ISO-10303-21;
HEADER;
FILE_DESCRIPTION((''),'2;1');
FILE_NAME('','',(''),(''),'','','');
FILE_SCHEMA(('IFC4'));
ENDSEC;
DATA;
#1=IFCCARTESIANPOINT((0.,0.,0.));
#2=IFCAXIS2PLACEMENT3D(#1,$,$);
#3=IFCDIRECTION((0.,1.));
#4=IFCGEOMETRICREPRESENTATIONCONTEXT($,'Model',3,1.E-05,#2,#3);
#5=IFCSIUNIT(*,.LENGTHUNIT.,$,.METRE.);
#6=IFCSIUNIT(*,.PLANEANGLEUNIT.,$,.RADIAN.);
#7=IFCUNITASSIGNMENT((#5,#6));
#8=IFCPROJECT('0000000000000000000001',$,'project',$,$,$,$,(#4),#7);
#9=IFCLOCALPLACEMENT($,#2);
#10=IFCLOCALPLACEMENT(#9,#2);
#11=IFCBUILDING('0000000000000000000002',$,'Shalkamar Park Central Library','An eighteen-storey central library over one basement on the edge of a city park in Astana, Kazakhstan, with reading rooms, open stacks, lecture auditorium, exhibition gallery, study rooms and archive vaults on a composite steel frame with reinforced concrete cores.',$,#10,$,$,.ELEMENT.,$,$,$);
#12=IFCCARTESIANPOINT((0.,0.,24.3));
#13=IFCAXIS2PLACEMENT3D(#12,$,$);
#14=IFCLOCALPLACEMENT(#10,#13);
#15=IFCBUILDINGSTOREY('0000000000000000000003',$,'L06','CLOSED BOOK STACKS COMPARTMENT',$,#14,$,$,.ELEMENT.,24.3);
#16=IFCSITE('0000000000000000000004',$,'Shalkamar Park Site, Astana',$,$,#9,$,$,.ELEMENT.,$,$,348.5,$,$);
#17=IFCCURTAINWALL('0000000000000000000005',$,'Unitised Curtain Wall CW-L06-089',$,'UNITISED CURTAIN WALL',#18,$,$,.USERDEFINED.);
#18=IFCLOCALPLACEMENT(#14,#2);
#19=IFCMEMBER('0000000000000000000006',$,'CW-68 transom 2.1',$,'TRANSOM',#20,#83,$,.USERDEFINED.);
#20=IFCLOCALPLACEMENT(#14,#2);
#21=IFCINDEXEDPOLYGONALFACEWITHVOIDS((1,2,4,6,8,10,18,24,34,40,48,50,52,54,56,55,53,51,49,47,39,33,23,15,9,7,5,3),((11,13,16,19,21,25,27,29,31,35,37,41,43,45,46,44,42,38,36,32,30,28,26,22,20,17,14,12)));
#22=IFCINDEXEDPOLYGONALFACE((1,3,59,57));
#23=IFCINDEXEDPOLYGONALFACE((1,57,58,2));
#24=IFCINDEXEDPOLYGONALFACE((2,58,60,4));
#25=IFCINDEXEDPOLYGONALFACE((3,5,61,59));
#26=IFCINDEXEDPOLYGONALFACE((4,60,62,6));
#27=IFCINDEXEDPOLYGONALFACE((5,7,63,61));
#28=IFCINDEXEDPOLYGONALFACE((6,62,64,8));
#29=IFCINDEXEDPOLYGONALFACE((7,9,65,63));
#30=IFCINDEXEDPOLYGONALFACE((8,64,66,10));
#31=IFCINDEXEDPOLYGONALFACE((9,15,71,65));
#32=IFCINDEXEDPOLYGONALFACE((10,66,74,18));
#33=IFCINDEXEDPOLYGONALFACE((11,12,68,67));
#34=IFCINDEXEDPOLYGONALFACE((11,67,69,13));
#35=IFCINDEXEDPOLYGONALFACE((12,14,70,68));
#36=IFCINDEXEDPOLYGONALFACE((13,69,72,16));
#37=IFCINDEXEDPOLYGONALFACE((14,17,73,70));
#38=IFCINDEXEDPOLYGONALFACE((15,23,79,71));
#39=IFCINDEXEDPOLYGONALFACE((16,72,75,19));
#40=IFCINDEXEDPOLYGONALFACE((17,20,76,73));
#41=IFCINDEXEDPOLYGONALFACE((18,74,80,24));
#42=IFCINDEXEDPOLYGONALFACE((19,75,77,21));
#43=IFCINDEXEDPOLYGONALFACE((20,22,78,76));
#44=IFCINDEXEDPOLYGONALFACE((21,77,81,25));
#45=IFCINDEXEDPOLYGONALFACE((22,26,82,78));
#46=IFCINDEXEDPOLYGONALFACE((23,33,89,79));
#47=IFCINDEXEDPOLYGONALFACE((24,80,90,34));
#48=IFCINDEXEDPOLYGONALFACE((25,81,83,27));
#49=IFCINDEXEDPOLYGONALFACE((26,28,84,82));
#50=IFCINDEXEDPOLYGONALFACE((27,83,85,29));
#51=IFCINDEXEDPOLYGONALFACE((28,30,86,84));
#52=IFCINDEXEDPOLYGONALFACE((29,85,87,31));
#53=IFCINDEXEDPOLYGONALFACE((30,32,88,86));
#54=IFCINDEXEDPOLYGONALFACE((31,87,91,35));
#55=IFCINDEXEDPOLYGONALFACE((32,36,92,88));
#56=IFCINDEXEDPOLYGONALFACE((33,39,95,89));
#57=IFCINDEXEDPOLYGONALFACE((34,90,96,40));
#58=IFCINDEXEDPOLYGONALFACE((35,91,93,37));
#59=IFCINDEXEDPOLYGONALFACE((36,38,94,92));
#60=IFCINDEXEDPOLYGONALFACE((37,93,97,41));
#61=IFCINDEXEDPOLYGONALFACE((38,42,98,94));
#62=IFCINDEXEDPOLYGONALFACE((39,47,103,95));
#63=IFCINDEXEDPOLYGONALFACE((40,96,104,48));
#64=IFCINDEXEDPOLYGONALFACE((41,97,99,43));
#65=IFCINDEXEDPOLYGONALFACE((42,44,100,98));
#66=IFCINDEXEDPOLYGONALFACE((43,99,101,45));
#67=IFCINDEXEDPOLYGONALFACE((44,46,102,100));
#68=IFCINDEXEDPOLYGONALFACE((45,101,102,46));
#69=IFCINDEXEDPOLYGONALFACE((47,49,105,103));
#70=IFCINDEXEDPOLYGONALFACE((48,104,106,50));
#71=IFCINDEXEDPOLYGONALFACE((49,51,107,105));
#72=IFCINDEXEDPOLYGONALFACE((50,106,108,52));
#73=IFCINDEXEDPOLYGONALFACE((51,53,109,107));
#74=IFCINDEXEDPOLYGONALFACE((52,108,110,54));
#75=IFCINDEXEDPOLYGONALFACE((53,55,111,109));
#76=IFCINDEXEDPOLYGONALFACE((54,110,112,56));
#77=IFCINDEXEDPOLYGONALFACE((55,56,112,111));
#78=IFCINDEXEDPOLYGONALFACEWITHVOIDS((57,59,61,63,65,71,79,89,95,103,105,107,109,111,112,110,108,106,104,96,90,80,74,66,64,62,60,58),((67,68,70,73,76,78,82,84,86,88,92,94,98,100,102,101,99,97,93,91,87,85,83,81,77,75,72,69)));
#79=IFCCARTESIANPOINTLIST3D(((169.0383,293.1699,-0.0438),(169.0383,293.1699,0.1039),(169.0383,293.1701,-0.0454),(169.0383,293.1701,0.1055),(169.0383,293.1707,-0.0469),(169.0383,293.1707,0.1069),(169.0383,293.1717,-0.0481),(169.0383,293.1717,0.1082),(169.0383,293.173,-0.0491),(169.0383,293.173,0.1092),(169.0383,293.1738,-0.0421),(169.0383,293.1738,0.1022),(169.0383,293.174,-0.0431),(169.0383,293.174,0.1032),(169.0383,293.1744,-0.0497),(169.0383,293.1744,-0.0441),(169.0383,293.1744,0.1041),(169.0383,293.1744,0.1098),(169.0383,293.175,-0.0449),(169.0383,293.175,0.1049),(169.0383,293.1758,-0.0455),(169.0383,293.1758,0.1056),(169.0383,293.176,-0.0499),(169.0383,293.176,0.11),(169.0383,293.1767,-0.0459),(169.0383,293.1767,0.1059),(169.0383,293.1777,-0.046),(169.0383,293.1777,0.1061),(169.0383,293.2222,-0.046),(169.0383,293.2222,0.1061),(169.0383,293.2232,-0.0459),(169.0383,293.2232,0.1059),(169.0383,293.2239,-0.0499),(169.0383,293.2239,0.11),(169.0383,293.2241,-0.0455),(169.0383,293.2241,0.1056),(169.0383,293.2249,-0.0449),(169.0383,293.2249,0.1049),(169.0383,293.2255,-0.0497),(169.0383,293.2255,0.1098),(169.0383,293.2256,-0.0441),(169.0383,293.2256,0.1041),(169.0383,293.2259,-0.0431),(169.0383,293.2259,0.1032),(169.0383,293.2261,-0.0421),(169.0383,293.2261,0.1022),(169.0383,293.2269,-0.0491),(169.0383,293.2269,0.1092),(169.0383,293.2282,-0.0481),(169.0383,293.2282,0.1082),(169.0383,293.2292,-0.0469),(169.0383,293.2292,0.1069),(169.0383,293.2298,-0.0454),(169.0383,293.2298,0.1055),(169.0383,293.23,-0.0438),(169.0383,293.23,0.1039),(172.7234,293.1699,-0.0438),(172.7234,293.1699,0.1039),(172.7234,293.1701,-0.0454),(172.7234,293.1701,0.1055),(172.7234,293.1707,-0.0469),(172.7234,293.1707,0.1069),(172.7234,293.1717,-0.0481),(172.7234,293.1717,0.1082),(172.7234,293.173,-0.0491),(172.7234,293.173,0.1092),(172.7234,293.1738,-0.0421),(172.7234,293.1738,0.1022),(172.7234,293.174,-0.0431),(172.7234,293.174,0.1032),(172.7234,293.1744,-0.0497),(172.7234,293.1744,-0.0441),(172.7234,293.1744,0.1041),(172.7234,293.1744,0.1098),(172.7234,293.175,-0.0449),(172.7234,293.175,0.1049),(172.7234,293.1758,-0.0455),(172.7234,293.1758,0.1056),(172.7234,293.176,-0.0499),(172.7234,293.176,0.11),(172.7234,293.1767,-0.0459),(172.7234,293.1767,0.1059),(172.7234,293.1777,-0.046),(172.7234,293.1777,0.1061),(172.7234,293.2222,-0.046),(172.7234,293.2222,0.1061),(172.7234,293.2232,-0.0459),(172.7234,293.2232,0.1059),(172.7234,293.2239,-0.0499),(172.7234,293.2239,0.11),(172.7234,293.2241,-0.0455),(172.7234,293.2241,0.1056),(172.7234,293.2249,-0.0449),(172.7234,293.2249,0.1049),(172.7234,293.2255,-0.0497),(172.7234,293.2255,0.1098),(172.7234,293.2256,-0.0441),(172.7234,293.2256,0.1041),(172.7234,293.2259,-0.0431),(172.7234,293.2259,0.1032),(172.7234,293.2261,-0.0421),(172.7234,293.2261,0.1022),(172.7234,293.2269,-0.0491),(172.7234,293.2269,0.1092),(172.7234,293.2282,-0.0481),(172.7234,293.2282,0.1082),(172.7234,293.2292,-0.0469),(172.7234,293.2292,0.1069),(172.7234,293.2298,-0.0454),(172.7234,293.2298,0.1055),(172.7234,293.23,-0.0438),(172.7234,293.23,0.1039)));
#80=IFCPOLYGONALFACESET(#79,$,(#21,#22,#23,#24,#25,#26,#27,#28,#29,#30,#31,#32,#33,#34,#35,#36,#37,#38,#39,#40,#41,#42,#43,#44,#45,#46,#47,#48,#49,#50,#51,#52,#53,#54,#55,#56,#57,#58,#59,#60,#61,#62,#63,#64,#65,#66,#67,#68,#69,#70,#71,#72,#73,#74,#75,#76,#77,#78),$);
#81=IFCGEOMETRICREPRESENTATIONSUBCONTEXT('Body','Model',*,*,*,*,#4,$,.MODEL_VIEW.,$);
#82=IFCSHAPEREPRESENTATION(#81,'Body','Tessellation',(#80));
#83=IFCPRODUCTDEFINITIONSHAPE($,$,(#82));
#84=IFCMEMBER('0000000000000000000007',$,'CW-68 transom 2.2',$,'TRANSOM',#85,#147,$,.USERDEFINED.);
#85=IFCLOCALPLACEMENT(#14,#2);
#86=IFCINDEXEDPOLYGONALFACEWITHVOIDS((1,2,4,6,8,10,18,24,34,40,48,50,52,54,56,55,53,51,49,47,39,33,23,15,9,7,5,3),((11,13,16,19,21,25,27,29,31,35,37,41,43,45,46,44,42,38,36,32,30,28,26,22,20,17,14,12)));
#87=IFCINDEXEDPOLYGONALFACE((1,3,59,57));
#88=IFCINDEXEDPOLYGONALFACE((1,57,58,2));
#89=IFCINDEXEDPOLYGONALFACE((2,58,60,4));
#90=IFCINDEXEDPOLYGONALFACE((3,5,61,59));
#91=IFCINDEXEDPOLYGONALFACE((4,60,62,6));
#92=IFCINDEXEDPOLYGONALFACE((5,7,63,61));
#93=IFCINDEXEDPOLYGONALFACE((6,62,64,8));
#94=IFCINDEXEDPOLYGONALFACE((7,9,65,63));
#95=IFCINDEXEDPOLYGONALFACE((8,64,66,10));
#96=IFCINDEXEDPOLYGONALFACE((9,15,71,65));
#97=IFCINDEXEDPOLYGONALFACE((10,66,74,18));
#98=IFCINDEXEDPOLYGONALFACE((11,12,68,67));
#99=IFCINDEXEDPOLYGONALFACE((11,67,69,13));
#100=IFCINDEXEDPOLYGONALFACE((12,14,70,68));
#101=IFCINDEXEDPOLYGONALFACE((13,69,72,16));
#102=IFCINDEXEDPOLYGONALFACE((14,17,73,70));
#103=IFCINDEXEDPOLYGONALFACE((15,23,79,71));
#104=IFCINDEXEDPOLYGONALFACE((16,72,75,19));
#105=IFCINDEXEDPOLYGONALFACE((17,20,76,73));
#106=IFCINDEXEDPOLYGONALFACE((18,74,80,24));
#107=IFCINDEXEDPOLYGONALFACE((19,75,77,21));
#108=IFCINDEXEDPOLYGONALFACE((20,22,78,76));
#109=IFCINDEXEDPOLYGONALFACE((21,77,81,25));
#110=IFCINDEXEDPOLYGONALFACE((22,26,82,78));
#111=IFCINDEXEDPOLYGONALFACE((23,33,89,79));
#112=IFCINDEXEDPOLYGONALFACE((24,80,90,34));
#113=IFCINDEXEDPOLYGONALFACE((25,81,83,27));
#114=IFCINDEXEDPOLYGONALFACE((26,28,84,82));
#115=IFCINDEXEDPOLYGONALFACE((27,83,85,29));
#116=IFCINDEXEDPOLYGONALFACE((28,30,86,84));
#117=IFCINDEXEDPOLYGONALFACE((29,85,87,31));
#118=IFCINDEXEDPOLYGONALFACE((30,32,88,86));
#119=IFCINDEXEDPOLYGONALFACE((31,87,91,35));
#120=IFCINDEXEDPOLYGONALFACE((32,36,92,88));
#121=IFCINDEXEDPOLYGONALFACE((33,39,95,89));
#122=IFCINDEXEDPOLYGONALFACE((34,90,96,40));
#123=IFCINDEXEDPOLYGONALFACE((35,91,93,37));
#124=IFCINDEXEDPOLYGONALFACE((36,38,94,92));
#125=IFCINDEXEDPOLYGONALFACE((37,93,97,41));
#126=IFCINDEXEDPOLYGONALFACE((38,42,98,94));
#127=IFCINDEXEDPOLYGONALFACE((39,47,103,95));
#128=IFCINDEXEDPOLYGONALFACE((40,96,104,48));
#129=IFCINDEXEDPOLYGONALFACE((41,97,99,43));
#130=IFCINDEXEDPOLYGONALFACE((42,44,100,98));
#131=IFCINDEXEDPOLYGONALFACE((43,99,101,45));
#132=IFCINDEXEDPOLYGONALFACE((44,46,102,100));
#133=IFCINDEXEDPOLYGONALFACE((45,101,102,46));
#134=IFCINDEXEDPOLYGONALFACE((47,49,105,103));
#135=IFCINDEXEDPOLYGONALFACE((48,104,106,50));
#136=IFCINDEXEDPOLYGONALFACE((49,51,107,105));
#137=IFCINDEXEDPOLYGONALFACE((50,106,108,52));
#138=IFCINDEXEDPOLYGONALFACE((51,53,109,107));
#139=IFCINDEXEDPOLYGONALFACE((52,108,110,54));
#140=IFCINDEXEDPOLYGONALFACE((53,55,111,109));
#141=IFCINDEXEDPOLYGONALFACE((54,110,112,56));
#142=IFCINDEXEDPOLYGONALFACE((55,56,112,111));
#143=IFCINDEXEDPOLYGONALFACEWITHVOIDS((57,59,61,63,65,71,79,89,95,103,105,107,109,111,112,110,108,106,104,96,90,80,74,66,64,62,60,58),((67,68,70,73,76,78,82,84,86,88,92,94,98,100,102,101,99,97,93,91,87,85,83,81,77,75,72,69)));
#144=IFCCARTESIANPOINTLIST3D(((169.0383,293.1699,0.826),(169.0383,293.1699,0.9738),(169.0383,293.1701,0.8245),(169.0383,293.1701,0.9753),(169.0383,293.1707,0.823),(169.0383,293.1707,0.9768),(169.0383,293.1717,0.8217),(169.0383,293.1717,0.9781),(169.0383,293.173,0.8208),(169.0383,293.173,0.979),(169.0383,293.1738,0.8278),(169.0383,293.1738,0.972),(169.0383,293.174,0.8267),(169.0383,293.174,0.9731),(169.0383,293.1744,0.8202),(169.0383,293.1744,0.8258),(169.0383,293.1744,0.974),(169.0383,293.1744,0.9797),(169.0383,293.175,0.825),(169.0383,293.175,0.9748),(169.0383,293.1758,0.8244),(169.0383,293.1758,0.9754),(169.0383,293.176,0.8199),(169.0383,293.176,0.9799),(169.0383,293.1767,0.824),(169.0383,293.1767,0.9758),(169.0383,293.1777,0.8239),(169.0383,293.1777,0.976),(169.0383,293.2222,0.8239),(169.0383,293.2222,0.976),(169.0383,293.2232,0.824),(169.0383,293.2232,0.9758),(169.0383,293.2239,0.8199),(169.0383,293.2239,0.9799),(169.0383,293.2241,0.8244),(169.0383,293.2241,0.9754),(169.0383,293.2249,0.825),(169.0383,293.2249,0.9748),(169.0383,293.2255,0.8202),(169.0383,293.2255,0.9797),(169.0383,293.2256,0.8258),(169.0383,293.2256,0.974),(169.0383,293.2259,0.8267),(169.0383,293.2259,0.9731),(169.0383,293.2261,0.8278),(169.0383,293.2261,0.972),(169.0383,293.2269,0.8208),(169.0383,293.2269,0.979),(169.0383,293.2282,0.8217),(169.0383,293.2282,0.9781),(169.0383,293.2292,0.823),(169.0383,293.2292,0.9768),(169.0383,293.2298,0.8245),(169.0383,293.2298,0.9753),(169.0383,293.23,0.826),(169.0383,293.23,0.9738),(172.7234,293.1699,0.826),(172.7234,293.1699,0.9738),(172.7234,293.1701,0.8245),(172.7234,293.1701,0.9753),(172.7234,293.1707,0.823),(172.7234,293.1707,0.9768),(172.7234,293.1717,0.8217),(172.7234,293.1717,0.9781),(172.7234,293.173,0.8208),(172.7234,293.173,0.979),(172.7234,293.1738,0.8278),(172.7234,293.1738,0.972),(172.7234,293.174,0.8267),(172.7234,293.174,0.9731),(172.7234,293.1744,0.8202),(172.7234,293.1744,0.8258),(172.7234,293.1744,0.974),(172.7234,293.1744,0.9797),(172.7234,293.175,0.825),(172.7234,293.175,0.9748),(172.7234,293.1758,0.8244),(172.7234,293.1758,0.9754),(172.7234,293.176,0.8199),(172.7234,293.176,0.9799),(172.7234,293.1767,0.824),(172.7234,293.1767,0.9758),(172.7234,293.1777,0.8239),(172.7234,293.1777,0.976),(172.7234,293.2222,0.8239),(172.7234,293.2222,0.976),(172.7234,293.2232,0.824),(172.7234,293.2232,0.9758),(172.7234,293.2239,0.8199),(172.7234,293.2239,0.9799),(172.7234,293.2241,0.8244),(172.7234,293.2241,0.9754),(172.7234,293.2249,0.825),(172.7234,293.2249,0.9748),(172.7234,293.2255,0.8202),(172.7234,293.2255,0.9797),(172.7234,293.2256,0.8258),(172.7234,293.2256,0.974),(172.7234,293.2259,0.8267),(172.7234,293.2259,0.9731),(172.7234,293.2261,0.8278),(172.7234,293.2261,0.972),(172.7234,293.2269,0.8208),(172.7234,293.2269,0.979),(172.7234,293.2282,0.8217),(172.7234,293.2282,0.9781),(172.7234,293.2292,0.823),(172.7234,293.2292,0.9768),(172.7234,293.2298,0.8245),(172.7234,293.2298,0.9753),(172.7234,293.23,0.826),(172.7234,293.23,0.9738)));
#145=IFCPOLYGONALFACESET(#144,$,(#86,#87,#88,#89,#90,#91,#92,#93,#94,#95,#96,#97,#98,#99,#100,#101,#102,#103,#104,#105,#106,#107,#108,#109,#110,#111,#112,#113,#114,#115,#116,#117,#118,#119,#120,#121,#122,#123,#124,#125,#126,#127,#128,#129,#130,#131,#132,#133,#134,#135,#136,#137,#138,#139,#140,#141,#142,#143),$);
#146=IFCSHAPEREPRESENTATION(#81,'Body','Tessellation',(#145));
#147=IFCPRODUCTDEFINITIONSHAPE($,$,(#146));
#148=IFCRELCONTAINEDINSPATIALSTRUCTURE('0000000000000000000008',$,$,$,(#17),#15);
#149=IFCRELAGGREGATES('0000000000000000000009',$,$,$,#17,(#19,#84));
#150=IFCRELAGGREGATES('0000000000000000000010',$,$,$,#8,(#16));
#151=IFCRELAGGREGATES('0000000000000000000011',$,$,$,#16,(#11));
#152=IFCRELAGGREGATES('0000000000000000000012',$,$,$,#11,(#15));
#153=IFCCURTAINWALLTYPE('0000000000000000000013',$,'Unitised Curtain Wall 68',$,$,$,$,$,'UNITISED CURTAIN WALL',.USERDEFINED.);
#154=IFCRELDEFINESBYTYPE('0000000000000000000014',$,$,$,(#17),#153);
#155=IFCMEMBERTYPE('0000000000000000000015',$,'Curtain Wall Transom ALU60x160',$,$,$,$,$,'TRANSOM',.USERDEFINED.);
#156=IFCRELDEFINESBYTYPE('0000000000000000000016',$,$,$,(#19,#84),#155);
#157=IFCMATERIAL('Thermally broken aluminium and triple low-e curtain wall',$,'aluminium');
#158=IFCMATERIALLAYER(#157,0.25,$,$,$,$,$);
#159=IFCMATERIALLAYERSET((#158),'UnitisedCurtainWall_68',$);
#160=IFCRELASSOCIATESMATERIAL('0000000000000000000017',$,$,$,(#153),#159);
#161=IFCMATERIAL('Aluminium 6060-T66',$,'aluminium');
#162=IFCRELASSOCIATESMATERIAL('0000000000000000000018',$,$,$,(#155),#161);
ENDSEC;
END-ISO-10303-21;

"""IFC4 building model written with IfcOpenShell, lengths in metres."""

from ifc_helpers import new_model, si_unit, direction, frame, origin, origin_2d, place, context, subcontext, project, spatial, hollow_rectangle, extrude, material, layer, layer_set, material_profile, profile_set, type_object, element, aggregate, save


model = new_model("IFC4")

# Units and contexts
model_context = context("Model", 3, precision=1e-05, world=origin(), true_north=direction((0.0, 1.0)))
body_context = subcontext(model_context, "Body", "Model", "MODEL_VIEW")
ifc_project = project(units=[si_unit("LENGTHUNIT", "METRE"), si_unit("PLANEANGLEUNIT", "RADIAN")], contexts=[model_context])

# Site, building, storey
site_placement = place(None, origin())
site = spatial("IfcSite", under=ifc_project, at=site_placement, Name="Shalkamar Park Site, Astana", CompositionType="ELEMENT", RefElevation=348.5)
building_placement = place(site_placement, origin())
building = spatial("IfcBuilding", under=site, at=building_placement, Name="Shalkamar Park Central Library", Description="An eighteen-storey central library over one basement on the edge of a city park in Astana, Kazakhstan, with reading rooms, open stacks, lecture auditorium, exhibition gallery, study rooms and archive vaults on a composite steel frame with reinforced concrete cores.", CompositionType="ELEMENT")
storey_placement = place(building_placement, frame((0.0, 0.0, 24.3)))
storey = spatial("IfcBuildingStorey", under=building, at=storey_placement, Name="L06", Description="CLOSED BOOK STACKS COMPARTMENT", CompositionType="ELEMENT", Elevation=24.3)

# Curtain wall
ifc_material_1 = material(Name="Thermally broken aluminium and triple low-e curtain wall", Category="aluminium")
ifc_layer_1 = layer(ifc_material_1, 0.25)
ifc_layer_set_1 = layer_set([ifc_layer_1], Name="UnitisedCurtainWall_68")
curtain_wall_type_1 = type_object("IfcCurtainWallType", Name="Unitised Curtain Wall 68", ElementType="UNITISED CURTAIN WALL", PredefinedType="USERDEFINED", material=ifc_layer_set_1)
curtain_wall_1_placement = place(storey_placement, origin())
curtain_wall_1 = element("IfcCurtainWall", 1, at=curtain_wall_1_placement, inside=storey, type_object=curtain_wall_type_1, Name="Unitised Curtain Wall CW-L06-089", ObjectType="UNITISED CURTAIN WALL", PredefinedType="USERDEFINED")
ifc_material_2 = material(Name="Aluminium 6060-T66", Category="aluminium")

# Members
ifc_material_profile_1 = material_profile(ifc_material_2, hollow_rectangle(XDim=0.0601, YDim=0.1599, WallThickness=0.0039, InnerFilletRadius=0.0039, OuterFilletRadius=0.0061, at=origin_2d()), Name="ALU 60x160x4")
ifc_profile_set_1 = profile_set([ifc_material_profile_1], Name="Aluminium 6060-T66")
member_type_1 = type_object("IfcMemberType", Name="Curtain Wall Transom ALU60x160", ElementType="TRANSOM", PredefinedType="USERDEFINED", material=ifc_profile_set_1)
member_1_placement = place(storey_placement, frame((169.0383, 293.2, 0.03), z_axis=(1.0, 0.0, 0.0), x_axis=(0.0, 1.0, 0.0)))
member_1 = element("IfcMember", 2, at=member_1_placement, type_object=member_type_1, Name="CW-68 transom 2.1", ObjectType="TRANSOM", PredefinedType="USERDEFINED", context=body_context, shape_type="SweptSolid", body=[
    extrude(hollow_rectangle(XDim=0.0601, YDim=0.1599, WallThickness=0.0039, InnerFilletRadius=0.0039, OuterFilletRadius=0.0061, at=origin_2d()), origin(), (0.0, 0.0, 1.0), 3.6851),
])
member_2_placement = place(storey_placement, frame((169.0383, 293.2, 0.8999), z_axis=(1.0, 0.0, 0.0), x_axis=(0.0, 1.0, 0.0)))
member_2 = element("IfcMember", 3, at=member_2_placement, type_object=member_type_1, Name="CW-68 transom 2.2", ObjectType="TRANSOM", PredefinedType="USERDEFINED", context=body_context, shape_type="SweptSolid", body=[
    extrude(hollow_rectangle(XDim=0.0601, YDim=0.1599, WallThickness=0.0039, InnerFilletRadius=0.0039, OuterFilletRadius=0.0061, at=origin_2d()), origin(), (0.0, 0.0, 1.0), 3.6851),
])

aggregate(curtain_wall_1, [member_1, member_2])

save(model, "model.ifc")
